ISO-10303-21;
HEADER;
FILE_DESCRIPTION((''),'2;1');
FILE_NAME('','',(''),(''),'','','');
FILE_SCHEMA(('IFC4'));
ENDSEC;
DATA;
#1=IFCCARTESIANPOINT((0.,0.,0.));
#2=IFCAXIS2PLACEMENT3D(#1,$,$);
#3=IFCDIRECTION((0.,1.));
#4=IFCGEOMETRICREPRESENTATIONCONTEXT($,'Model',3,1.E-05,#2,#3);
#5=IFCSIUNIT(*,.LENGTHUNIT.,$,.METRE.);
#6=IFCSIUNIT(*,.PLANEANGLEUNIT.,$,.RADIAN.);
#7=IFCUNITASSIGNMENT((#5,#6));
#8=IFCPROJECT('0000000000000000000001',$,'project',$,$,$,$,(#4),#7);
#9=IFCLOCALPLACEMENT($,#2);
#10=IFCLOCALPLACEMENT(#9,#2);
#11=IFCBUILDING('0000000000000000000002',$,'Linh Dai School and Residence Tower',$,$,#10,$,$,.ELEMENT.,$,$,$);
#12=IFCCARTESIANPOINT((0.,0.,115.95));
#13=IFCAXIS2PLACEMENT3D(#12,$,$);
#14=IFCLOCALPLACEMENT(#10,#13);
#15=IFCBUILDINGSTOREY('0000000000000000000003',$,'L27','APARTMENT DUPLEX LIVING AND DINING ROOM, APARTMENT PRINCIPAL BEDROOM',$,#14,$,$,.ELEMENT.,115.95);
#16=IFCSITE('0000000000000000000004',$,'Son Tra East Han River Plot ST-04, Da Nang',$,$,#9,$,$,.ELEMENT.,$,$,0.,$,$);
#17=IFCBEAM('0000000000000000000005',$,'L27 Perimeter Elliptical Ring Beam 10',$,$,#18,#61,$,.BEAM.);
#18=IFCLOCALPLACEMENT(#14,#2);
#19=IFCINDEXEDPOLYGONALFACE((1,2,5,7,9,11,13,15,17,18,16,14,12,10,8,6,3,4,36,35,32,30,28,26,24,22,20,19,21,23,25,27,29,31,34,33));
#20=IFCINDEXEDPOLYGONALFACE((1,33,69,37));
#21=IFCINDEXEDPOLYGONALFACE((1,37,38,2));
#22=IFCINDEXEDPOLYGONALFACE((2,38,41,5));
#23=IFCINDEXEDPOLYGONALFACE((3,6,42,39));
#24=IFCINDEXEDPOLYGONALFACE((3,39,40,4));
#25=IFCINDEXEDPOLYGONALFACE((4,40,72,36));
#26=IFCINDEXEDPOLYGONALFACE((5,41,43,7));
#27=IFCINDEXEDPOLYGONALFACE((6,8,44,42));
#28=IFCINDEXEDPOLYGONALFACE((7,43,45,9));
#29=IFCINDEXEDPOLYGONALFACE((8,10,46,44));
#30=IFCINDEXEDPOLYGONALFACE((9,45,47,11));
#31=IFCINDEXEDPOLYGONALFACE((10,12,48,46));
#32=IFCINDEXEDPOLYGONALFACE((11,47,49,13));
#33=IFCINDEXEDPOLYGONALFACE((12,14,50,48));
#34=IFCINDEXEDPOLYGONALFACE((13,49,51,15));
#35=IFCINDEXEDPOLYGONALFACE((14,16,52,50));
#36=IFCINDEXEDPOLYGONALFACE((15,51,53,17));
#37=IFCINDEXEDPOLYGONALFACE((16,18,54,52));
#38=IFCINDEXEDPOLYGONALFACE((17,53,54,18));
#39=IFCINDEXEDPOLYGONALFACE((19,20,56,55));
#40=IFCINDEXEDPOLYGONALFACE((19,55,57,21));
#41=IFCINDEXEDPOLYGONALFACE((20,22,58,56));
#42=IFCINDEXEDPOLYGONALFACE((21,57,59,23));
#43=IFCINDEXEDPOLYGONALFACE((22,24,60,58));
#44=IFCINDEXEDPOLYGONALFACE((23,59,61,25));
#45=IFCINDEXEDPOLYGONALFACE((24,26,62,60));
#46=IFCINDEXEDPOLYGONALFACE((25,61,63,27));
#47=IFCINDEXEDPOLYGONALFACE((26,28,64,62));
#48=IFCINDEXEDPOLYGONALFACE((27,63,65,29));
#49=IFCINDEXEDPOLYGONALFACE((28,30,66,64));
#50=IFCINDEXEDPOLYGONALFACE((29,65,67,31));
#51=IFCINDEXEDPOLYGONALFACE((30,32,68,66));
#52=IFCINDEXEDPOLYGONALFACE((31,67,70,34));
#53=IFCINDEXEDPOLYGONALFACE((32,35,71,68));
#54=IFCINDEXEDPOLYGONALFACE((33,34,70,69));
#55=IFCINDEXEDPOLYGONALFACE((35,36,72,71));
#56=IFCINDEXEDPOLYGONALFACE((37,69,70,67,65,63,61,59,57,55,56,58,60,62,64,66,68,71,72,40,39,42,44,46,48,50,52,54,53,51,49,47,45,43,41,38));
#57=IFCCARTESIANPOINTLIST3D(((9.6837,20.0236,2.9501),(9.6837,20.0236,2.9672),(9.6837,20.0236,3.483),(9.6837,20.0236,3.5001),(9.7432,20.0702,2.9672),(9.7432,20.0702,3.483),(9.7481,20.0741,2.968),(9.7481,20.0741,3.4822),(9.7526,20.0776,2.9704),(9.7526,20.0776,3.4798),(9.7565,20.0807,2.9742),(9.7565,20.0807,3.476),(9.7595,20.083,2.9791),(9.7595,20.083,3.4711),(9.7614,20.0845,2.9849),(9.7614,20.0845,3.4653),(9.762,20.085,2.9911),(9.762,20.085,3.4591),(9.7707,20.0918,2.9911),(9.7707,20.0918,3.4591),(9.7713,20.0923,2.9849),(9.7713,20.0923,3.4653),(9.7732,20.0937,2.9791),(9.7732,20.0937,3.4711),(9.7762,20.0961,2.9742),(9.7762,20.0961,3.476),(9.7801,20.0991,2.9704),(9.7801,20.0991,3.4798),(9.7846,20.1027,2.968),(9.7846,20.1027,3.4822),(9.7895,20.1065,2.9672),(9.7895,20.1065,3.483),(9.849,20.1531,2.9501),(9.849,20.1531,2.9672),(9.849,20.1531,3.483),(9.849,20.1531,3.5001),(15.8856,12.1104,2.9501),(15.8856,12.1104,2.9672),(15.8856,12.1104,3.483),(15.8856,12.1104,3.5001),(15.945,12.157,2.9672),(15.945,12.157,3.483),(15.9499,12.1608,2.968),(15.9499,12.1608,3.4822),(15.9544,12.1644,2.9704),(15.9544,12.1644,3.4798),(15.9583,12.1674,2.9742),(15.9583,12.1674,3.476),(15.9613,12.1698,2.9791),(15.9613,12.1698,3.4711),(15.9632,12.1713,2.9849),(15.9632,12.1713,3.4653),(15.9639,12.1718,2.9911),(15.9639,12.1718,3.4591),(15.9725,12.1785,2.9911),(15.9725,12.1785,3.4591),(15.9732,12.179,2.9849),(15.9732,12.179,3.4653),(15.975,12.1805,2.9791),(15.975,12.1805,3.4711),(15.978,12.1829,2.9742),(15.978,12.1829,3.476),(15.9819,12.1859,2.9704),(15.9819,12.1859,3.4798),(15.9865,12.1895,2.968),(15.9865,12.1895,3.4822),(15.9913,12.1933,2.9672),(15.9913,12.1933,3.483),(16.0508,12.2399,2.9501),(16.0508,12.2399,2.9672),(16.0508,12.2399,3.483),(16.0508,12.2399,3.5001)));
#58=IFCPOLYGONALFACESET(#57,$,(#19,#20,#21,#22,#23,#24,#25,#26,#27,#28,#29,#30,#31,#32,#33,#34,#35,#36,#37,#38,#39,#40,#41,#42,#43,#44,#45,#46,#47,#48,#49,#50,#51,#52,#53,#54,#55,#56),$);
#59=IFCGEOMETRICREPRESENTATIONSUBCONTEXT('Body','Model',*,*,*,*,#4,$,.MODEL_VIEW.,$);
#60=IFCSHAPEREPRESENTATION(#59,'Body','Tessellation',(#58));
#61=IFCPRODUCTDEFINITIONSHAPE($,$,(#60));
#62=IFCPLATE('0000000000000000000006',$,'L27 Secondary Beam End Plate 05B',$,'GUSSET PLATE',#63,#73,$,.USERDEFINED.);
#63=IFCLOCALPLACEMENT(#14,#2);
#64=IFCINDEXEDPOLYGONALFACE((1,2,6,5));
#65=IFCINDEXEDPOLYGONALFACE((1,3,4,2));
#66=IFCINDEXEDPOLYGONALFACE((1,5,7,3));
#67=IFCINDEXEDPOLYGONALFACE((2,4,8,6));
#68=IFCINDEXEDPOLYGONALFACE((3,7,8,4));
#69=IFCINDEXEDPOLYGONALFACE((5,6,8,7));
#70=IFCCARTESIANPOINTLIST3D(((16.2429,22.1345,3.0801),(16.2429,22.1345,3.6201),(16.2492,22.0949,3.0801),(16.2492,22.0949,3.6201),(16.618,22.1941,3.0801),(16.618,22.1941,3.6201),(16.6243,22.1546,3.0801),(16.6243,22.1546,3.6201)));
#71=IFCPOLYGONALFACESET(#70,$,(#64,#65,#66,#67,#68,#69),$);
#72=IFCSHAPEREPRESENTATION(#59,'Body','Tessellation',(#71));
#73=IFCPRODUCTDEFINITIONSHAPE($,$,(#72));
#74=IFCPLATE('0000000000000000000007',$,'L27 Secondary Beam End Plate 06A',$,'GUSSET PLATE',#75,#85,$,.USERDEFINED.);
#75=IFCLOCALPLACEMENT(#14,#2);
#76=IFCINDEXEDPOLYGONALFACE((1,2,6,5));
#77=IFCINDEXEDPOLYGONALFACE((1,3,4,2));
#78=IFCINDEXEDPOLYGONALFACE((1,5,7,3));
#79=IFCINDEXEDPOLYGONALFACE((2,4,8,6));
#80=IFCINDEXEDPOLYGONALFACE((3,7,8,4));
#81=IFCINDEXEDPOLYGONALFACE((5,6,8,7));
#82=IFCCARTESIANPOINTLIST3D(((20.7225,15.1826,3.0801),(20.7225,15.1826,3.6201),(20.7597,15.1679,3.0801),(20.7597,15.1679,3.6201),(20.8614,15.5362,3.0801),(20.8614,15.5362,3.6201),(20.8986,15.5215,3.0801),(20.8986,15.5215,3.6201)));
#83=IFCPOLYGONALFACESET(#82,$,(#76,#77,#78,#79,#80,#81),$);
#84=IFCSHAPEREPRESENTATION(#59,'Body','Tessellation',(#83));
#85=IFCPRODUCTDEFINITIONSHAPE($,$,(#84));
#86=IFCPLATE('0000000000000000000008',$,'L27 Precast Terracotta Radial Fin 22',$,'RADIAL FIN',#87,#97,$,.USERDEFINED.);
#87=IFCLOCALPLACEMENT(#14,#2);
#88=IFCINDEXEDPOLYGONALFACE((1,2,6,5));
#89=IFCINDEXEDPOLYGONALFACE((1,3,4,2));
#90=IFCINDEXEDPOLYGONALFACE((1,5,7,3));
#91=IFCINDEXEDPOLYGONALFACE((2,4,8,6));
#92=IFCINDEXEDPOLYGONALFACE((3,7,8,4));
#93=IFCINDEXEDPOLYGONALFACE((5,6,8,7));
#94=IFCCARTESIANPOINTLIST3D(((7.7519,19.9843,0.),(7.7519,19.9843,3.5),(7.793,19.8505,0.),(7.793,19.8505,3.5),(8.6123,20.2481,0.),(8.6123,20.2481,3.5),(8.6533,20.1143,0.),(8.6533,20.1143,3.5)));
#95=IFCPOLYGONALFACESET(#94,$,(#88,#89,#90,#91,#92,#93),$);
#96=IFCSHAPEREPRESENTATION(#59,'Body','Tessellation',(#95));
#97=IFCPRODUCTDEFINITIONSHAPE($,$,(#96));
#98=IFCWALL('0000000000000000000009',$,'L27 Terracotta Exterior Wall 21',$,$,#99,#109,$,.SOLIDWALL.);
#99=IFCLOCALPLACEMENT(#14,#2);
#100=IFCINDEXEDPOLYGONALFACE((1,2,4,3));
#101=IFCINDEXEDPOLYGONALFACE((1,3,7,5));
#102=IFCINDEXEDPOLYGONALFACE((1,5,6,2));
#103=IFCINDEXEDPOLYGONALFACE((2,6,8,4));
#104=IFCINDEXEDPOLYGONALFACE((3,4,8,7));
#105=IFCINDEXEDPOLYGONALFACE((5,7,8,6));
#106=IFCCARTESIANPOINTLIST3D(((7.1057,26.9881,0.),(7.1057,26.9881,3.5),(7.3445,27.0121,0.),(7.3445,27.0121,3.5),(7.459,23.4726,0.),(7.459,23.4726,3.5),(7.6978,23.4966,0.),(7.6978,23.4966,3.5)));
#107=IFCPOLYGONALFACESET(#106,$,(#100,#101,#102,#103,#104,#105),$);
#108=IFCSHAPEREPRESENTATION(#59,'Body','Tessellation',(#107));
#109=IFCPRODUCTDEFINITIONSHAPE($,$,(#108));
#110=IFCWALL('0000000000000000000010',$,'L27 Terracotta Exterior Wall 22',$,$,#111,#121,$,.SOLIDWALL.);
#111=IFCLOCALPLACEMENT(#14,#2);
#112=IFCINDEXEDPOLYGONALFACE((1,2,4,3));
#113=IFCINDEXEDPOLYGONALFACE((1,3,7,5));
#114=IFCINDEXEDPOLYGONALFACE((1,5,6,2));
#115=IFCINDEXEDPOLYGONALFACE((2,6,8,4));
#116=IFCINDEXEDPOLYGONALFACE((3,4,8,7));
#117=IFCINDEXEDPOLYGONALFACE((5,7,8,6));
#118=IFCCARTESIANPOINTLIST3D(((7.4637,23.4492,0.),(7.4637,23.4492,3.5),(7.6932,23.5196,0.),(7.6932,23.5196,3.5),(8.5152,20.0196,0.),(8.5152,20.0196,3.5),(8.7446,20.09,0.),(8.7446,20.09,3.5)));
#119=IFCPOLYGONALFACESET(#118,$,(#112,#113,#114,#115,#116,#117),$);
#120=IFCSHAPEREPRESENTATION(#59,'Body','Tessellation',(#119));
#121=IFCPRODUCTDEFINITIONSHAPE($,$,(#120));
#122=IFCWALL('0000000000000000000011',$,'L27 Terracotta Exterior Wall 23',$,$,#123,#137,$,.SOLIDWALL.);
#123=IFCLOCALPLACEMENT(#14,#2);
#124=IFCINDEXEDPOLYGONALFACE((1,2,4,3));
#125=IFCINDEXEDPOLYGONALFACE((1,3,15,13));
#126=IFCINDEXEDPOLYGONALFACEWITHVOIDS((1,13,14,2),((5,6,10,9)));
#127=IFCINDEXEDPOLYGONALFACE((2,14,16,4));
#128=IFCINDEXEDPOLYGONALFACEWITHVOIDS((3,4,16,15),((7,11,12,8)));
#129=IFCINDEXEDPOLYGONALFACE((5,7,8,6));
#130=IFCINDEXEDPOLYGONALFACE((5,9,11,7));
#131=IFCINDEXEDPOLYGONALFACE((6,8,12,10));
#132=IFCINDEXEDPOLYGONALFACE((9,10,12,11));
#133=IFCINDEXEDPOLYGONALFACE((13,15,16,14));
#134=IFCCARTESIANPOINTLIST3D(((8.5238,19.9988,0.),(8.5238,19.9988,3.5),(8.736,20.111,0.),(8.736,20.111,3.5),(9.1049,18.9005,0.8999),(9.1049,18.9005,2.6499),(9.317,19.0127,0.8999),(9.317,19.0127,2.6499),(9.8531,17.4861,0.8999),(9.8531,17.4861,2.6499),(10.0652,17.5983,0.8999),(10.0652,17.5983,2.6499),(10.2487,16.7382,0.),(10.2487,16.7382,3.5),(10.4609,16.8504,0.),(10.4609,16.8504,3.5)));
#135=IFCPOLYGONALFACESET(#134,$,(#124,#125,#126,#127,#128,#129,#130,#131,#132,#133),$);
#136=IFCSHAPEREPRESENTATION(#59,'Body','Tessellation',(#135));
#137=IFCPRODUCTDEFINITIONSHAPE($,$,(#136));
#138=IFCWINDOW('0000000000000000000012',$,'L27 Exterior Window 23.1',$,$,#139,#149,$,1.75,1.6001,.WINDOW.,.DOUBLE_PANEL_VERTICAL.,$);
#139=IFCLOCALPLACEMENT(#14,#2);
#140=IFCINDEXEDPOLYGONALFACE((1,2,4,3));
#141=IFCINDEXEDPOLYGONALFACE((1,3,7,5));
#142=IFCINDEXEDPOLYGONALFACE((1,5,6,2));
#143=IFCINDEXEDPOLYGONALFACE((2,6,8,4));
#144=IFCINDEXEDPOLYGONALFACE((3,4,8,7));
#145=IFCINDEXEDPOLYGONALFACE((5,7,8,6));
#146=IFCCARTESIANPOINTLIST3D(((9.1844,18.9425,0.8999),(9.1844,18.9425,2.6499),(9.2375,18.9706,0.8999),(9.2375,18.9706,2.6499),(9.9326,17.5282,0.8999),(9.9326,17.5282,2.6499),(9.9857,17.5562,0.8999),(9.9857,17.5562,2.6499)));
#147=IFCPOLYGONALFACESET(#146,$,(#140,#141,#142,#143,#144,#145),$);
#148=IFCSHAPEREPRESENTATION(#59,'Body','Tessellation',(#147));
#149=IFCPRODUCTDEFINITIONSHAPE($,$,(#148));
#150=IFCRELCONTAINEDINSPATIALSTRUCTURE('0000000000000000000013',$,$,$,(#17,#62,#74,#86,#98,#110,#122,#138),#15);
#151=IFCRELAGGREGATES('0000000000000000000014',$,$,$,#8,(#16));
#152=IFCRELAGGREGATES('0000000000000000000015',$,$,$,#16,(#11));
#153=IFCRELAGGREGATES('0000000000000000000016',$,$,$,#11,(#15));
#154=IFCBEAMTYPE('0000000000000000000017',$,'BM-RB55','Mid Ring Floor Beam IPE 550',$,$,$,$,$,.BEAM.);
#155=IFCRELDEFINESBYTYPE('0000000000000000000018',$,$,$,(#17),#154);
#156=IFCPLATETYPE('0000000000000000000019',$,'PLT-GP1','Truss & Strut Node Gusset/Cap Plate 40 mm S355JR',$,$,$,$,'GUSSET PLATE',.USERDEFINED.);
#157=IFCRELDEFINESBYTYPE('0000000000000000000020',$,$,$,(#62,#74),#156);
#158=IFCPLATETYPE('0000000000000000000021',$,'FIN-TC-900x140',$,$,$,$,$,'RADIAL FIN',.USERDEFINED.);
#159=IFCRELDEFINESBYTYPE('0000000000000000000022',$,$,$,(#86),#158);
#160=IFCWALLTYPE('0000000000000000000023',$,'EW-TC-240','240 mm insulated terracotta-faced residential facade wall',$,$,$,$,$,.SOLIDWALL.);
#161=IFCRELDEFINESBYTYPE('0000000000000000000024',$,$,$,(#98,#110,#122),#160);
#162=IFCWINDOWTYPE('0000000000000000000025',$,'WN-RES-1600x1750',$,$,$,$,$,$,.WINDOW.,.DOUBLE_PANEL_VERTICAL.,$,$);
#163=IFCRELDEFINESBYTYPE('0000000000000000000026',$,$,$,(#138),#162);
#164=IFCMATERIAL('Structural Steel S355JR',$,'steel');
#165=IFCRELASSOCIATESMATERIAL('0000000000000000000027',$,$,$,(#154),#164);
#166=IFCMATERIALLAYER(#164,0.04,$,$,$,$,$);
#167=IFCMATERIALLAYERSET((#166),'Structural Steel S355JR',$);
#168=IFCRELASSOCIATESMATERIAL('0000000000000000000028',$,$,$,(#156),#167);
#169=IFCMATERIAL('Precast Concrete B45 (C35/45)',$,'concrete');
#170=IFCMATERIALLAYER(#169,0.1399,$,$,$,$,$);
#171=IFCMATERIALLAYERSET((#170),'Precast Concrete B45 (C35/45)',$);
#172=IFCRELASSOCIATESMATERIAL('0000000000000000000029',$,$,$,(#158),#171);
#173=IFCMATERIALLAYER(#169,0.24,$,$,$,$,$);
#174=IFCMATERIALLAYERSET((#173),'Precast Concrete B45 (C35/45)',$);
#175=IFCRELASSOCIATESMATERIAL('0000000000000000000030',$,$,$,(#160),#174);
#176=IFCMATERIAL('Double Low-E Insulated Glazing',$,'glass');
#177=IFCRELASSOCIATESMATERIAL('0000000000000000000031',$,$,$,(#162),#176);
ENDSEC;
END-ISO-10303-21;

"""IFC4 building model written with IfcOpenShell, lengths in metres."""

from ifc_helpers import new_model, si_unit, direction, frame, frame_2d, origin, origin_2d, place, context, subcontext, project, spatial, rectangle, i_section, extrude, source, transform, mapped, material, layer, layer_set, material_profile, profile_set, type_object, element, fill, save


model = new_model("IFC4")

# Units and contexts
model_context = context("Model", 3, precision=1e-05, world=origin(), true_north=direction((0.0, 1.0)))
body_context = subcontext(model_context, "Body", "Model", "MODEL_VIEW")
ifc_project = project(units=[si_unit("LENGTHUNIT", "METRE"), si_unit("PLANEANGLEUNIT", "RADIAN")], contexts=[model_context])

# Site, building, storey
site_placement = place(None, origin())
site = spatial("IfcSite", under=ifc_project, at=site_placement, Name="Son Tra East Han River Plot ST-04, Da Nang", CompositionType="ELEMENT", RefElevation=0.0)
building_placement = place(site_placement, origin())
building = spatial("IfcBuilding", under=site, at=building_placement, Name="Linh Dai School and Residence Tower", CompositionType="ELEMENT")
storey_placement = place(building_placement, frame((0.0, 0.0, 115.95)))
storey = spatial("IfcBuildingStorey", under=building, at=storey_placement, Name="L27", Description="APARTMENT DUPLEX LIVING AND DINING ROOM, APARTMENT PRINCIPAL BEDROOM", CompositionType="ELEMENT", Elevation=115.95)

# Shared definitions
ifc_material_1 = material(Name="Structural Steel S355JR", Category="steel")

# Beam
ifc_material_profile_1 = material_profile(ifc_material_1, i_section(OverallWidth=0.21, OverallDepth=0.55, WebThickness=0.011, FlangeThickness=0.0171, FilletRadius=0.0239, at=origin_2d()), Name="IPE 550")
ifc_profile_set_1 = profile_set([ifc_material_profile_1], Name="Structural Steel S355JR")
beam_type_1 = type_object("IfcBeamType", Name="BM-RB55", Description="Mid Ring Floor Beam IPE 550", PredefinedType="BEAM", material=ifc_profile_set_1)
beam_1_placement = place(storey_placement, frame((9.7664, 20.0884, 3.2251), z_axis=(0.616855, -0.787077, 0.0), x_axis=(0.787077, 0.616855, 0.0)))
element("IfcBeam", 1, at=beam_1_placement, inside=storey, type_object=beam_type_1, Name="L27 Perimeter Elliptical Ring Beam 10", PredefinedType="BEAM", context=body_context, shape_type="SweptSolid", body=[
    extrude(i_section(OverallWidth=0.21, OverallDepth=0.55, WebThickness=0.011, FlangeThickness=0.0171, FilletRadius=0.0239, at=origin_2d()), origin(), (0.0, 0.0, 1.0), 10.054),
])

# Plates
ifc_layer_1 = layer(ifc_material_1, 0.04)
ifc_layer_set_1 = layer_set([ifc_layer_1], Name="Structural Steel S355JR")
plate_type_1 = type_object("IfcPlateType", Name="PLT-GP1", Description="Truss & Strut Node Gusset/Cap Plate 40 mm S355JR", ElementType="GUSSET PLATE", PredefinedType="USERDEFINED", material=ifc_layer_set_1)
shared_shape_1 = source(origin(), body_context, "Body", "SweptSolid", [
    extrude(rectangle(XDim=0.04, YDim=0.3799, at=origin_2d()), origin(), (0.0, 0.0, 1.0), 0.54),
])
for number, where, z_axis, x_axis, name in (
    (2, (16.4336, 22.1445, 3.0801), (0.0, 0.0, 1.0), (0.157025, -0.987595, 0.0), "L27 Secondary Beam End Plate 05B"),
    (3, (20.8105, 15.3521, 3.0801), (0.0, 0.0, 1.0), (0.930752, -0.36565, 0.0), "L27 Secondary Beam End Plate 06A"),
):
    element("IfcPlate", number, at=place(storey_placement, frame(where, z_axis=z_axis, x_axis=x_axis)), inside=storey, type_object=plate_type_1, Name=name, ObjectType="GUSSET PLATE", PredefinedType="USERDEFINED", context=body_context, shape_type="MappedRepresentation", body=[
        mapped(shared_shape_1, transform((0.0, 0.0, 0.0), x_axis=(1.0, 0.0, 0.0), y_axis=(0.0, 1.0, 0.0), z_axis=(0.0, 0.0, 1.0), scale=1.0)),
    ])
ifc_material_2 = material(Name="Precast Concrete B45 (C35/45)", Category="concrete")
ifc_layer_2 = layer(ifc_material_2, 0.1399)
ifc_layer_set_2 = layer_set([ifc_layer_2], Name="Precast Concrete B45 (C35/45)")
plate_type_2 = type_object("IfcPlateType", Name="FIN-TC-900x140", ElementType="RADIAL FIN", PredefinedType="USERDEFINED", material=ifc_layer_set_2)
shared_shape_2 = source(origin(), body_context, "Body", "SweptSolid", [
    extrude(rectangle(XDim=0.8999, YDim=0.1399, at=origin_2d()), origin(), (0.0, 0.0, 1.0), 3.5),
])
plate_placement = place(storey_placement, frame((8.2026, 20.0493, 0.0), z_axis=(0.0, 0.0, 1.0), x_axis=(-0.956072, -0.293134, 0.0)))
element("IfcPlate", 4, at=plate_placement, inside=storey, type_object=plate_type_2, Name="L27 Precast Terracotta Radial Fin 22", ObjectType="RADIAL FIN", PredefinedType="USERDEFINED", context=body_context, shape_type="MappedRepresentation", body=[
    mapped(shared_shape_2, transform((0.0, 0.0, 0.0), x_axis=(1.0, 0.0, 0.0), y_axis=(0.0, 1.0, 0.0), z_axis=(0.0, 0.0, 1.0), scale=1.0)),
])

# Walls
ifc_layer_3 = layer(ifc_material_2, 0.24)
ifc_layer_set_3 = layer_set([ifc_layer_3], Name="Precast Concrete B45 (C35/45)")
wall_type_1 = type_object("IfcWallType", Name="EW-TC-240", Description="240 mm insulated terracotta-faced residential facade wall", PredefinedType="SOLIDWALL", material=ifc_layer_set_3)
wall_1_placement = place(storey_placement, frame((7.5784, 23.4846, 0.0), z_axis=(0.0, 0.0, 1.0), x_axis=(-0.099989, 0.994988, 0.0)))
element("IfcWall", 5, at=wall_1_placement, inside=storey, type_object=wall_type_1, Name="L27 Terracotta Exterior Wall 21", PredefinedType="SOLIDWALL", context=body_context, shape_type="SweptSolid", body=[
    extrude(rectangle(XDim=3.5332, YDim=0.24, at=frame_2d((1.7666, 0.0))), origin(), (0.0, 0.0, 1.0), 3.5),
])
wall_2_placement = place(storey_placement, frame((8.6299, 20.0549, 0.0), z_axis=(0.0, 0.0, 1.0), x_axis=(-0.293124, 0.956074, 0.0)))
element("IfcWall", 6, at=wall_2_placement, inside=storey, type_object=wall_type_1, Name="L27 Terracotta Exterior Wall 22", PredefinedType="SOLIDWALL", context=body_context, shape_type="SweptSolid", body=[
    extrude(rectangle(XDim=3.5872, YDim=0.24, at=frame_2d((1.7935, 0.0))), origin(), (0.0, 0.0, 1.0), 3.5),
])

# Wall, opening, window
wall_3_placement = place(storey_placement, frame((10.3547, 16.7944, 0.0), z_axis=(0.0, 0.0, 1.0), x_axis=(-0.467614, 0.883933, 0.0)))
wall_3 = element("IfcWall", 7, at=wall_3_placement, inside=storey, type_object=wall_type_1, Name="L27 Terracotta Exterior Wall 23", PredefinedType="SOLIDWALL", context=body_context, shape_type="SweptSolid", body=[
    extrude(rectangle(XDim=3.6887, YDim=0.24, at=frame_2d((1.8442, 0.0))), origin(), (0.0, 0.0, 1.0), 3.5),
])
opening_1_placement = place(wall_3_placement, frame((0.8459, 0.0, 0.8999)))
opening_1 = element("IfcOpeningElement", 8, at=opening_1_placement, cuts=wall_3, PredefinedType="OPENING", context=body_context, shape_type="SweptSolid", body=[
    extrude(rectangle(XDim=1.6001, YDim=1.75, at=origin_2d()), frame((0.8, 0.1299, 0.875), z_axis=(0.0, -1.0, 0.0), x_axis=(1.0, 0.0, 0.0)), (0.0, 0.0, 1.0), 0.26),
])
ifc_material_3 = material(Name="Double Low-E Insulated Glazing", Category="glass")
window_type = type_object("IfcWindowType", Name="WN-RES-1600x1750", PartitioningType="DOUBLE_PANEL_VERTICAL", PredefinedType="WINDOW", material=ifc_material_3)
shared_shape_3 = source(origin(), body_context, "Body", "SweptSolid", [
    extrude(rectangle(XDim=1.6001, YDim=1.75, at=origin_2d()), frame((0.8, 0.03, 0.875), z_axis=(0.0, -1.0, 0.0), x_axis=(1.0, 0.0, 0.0)), (0.0, 0.0, 1.0), 0.0601),
])
window_placement = place(opening_1_placement, origin())
window = element("IfcWindow", 9, at=window_placement, inside=storey, type_object=window_type, Name="L27 Exterior Window 23.1", OverallHeight=1.75, OverallWidth=1.6001, PartitioningType="DOUBLE_PANEL_VERTICAL", PredefinedType="WINDOW", context=body_context, shape_type="MappedRepresentation", body=[
    mapped(shared_shape_3, transform((0.0, 0.0, 0.0), x_axis=(1.0, 0.0, 0.0), y_axis=(0.0, 1.0, 0.0), z_axis=(0.0, 0.0, 1.0), scale=1.0)),
])
fill(opening_1, window)

save(model, "model.ifc")
